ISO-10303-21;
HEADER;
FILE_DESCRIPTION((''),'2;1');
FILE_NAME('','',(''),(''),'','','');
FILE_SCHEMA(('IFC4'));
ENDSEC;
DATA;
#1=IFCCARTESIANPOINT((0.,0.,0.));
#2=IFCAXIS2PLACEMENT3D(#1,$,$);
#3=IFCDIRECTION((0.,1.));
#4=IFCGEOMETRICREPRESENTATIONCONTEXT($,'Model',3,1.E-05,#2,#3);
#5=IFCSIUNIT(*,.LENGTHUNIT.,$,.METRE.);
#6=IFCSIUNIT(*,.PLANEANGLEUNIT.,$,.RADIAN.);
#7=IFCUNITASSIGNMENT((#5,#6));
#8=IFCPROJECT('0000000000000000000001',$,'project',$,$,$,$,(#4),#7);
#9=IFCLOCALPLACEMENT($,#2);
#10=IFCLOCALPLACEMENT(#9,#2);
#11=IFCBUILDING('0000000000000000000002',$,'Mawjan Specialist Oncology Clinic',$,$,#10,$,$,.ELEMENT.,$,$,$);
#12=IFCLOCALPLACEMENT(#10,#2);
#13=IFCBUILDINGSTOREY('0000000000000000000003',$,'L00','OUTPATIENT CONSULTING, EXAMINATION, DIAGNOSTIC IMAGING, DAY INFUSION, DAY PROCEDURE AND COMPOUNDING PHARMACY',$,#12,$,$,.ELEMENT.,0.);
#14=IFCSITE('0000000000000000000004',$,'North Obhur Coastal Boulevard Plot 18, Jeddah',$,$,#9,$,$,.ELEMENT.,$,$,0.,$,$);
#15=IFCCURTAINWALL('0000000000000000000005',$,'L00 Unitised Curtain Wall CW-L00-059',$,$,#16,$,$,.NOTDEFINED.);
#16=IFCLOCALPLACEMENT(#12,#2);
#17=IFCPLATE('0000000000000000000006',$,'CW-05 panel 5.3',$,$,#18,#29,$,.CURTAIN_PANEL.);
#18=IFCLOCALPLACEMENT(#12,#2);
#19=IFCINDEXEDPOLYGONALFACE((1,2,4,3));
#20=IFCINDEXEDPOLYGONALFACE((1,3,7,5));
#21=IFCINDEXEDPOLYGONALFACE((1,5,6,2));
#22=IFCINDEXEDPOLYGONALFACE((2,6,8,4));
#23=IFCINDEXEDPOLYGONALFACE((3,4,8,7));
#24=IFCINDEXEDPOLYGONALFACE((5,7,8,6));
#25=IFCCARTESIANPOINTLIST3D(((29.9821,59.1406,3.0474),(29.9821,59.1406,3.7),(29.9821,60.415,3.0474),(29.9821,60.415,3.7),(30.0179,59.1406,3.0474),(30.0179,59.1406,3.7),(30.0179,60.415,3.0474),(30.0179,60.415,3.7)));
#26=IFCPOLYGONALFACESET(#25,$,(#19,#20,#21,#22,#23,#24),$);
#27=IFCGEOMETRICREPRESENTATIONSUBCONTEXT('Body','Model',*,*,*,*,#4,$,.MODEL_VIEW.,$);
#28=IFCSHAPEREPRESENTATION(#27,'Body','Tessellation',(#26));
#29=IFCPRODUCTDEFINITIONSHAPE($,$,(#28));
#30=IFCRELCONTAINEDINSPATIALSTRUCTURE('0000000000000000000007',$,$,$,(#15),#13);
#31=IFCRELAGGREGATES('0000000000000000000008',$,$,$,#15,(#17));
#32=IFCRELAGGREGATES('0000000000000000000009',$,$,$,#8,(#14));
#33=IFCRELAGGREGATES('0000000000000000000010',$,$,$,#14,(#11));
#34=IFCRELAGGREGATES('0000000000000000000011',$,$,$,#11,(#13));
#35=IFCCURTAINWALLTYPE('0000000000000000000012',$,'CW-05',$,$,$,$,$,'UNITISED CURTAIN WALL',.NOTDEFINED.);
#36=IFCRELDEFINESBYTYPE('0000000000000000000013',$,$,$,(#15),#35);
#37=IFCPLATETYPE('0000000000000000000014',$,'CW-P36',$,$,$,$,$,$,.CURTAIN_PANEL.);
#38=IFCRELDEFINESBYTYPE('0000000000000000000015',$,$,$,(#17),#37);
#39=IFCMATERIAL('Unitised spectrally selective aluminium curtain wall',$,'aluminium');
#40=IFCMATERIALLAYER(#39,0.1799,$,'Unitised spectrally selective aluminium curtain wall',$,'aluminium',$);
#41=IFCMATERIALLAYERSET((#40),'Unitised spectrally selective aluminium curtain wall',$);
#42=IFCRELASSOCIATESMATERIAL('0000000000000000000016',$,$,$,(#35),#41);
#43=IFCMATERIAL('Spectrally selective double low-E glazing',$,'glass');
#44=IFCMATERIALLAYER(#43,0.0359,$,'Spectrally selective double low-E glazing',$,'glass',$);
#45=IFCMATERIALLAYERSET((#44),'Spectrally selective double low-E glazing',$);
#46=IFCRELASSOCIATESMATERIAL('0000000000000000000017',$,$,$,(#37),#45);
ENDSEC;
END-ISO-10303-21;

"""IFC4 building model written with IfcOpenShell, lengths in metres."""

from ifc_helpers import new_model, si_unit, direction, frame, origin, origin_2d, place, context, subcontext, project, spatial, rectangle, extrude, material, layer, layer_set, type_object, element, aggregate, save


model = new_model("IFC4")

# Units and contexts
model_context = context("Model", 3, precision=1e-05, world=origin(), true_north=direction((0.0, 1.0)))
body_context = subcontext(model_context, "Body", "Model", "MODEL_VIEW")
ifc_project = project(units=[si_unit("LENGTHUNIT", "METRE"), si_unit("PLANEANGLEUNIT", "RADIAN")], contexts=[model_context])

# Site, building, storey
site_placement = place(None, origin())
site = spatial("IfcSite", under=ifc_project, at=site_placement, Name="North Obhur Coastal Boulevard Plot 18, Jeddah", CompositionType="ELEMENT", RefElevation=0.0)
building_placement = place(site_placement, origin())
building = spatial("IfcBuilding", under=site, at=building_placement, Name="Mawjan Specialist Oncology Clinic", CompositionType="ELEMENT")
storey_placement = place(building_placement, origin())
storey = spatial("IfcBuildingStorey", under=building, at=storey_placement, Name="L00", Description="OUTPATIENT CONSULTING, EXAMINATION, DIAGNOSTIC IMAGING, DAY INFUSION, DAY PROCEDURE AND COMPOUNDING PHARMACY", CompositionType="ELEMENT", Elevation=0.0)

# Curtain wall, plate
ifc_material_1 = material(Name="Unitised spectrally selective aluminium curtain wall", Category="aluminium")
ifc_layer_1 = layer(ifc_material_1, 0.1799, Name="Unitised spectrally selective aluminium curtain wall", Category="aluminium")
ifc_layer_set_1 = layer_set([ifc_layer_1], Name="Unitised spectrally selective aluminium curtain wall")
curtain_wall_type = type_object("IfcCurtainWallType", Name="CW-05", ElementType="UNITISED CURTAIN WALL", PredefinedType="NOTDEFINED", material=ifc_layer_set_1)
curtain_wall_placement = place(storey_placement, origin())
curtain_wall = element("IfcCurtainWall", 1, at=curtain_wall_placement, inside=storey, type_object=curtain_wall_type, Name="L00 Unitised Curtain Wall CW-L00-059", PredefinedType="NOTDEFINED")
ifc_material_2 = material(Name="Spectrally selective double low-E glazing", Category="glass")
ifc_layer_2 = layer(ifc_material_2, 0.0359, Name="Spectrally selective double low-E glazing", Category="glass")
ifc_layer_set_2 = layer_set([ifc_layer_2], Name="Spectrally selective double low-E glazing")
plate_type = type_object("IfcPlateType", Name="CW-P36", PredefinedType="CURTAIN_PANEL", material=ifc_layer_set_2)
plate_1_placement = place(storey_placement, frame((30.0, 59.7778, 3.0474), z_axis=(0.0, 0.0, 1.0), x_axis=(0.0, 1.0, 0.0)))
plate_1 = element("IfcPlate", 2, at=plate_1_placement, type_object=plate_type, Name="CW-05 panel 5.3", PredefinedType="CURTAIN_PANEL", context=body_context, shape_type="SweptSolid", body=[
    extrude(rectangle(XDim=1.2744, YDim=0.0359, at=origin_2d()), origin(), (0.0, 0.0, 1.0), 0.6526),
])
aggregate(curtain_wall, [plate_1])

save(model, "model.ifc")
